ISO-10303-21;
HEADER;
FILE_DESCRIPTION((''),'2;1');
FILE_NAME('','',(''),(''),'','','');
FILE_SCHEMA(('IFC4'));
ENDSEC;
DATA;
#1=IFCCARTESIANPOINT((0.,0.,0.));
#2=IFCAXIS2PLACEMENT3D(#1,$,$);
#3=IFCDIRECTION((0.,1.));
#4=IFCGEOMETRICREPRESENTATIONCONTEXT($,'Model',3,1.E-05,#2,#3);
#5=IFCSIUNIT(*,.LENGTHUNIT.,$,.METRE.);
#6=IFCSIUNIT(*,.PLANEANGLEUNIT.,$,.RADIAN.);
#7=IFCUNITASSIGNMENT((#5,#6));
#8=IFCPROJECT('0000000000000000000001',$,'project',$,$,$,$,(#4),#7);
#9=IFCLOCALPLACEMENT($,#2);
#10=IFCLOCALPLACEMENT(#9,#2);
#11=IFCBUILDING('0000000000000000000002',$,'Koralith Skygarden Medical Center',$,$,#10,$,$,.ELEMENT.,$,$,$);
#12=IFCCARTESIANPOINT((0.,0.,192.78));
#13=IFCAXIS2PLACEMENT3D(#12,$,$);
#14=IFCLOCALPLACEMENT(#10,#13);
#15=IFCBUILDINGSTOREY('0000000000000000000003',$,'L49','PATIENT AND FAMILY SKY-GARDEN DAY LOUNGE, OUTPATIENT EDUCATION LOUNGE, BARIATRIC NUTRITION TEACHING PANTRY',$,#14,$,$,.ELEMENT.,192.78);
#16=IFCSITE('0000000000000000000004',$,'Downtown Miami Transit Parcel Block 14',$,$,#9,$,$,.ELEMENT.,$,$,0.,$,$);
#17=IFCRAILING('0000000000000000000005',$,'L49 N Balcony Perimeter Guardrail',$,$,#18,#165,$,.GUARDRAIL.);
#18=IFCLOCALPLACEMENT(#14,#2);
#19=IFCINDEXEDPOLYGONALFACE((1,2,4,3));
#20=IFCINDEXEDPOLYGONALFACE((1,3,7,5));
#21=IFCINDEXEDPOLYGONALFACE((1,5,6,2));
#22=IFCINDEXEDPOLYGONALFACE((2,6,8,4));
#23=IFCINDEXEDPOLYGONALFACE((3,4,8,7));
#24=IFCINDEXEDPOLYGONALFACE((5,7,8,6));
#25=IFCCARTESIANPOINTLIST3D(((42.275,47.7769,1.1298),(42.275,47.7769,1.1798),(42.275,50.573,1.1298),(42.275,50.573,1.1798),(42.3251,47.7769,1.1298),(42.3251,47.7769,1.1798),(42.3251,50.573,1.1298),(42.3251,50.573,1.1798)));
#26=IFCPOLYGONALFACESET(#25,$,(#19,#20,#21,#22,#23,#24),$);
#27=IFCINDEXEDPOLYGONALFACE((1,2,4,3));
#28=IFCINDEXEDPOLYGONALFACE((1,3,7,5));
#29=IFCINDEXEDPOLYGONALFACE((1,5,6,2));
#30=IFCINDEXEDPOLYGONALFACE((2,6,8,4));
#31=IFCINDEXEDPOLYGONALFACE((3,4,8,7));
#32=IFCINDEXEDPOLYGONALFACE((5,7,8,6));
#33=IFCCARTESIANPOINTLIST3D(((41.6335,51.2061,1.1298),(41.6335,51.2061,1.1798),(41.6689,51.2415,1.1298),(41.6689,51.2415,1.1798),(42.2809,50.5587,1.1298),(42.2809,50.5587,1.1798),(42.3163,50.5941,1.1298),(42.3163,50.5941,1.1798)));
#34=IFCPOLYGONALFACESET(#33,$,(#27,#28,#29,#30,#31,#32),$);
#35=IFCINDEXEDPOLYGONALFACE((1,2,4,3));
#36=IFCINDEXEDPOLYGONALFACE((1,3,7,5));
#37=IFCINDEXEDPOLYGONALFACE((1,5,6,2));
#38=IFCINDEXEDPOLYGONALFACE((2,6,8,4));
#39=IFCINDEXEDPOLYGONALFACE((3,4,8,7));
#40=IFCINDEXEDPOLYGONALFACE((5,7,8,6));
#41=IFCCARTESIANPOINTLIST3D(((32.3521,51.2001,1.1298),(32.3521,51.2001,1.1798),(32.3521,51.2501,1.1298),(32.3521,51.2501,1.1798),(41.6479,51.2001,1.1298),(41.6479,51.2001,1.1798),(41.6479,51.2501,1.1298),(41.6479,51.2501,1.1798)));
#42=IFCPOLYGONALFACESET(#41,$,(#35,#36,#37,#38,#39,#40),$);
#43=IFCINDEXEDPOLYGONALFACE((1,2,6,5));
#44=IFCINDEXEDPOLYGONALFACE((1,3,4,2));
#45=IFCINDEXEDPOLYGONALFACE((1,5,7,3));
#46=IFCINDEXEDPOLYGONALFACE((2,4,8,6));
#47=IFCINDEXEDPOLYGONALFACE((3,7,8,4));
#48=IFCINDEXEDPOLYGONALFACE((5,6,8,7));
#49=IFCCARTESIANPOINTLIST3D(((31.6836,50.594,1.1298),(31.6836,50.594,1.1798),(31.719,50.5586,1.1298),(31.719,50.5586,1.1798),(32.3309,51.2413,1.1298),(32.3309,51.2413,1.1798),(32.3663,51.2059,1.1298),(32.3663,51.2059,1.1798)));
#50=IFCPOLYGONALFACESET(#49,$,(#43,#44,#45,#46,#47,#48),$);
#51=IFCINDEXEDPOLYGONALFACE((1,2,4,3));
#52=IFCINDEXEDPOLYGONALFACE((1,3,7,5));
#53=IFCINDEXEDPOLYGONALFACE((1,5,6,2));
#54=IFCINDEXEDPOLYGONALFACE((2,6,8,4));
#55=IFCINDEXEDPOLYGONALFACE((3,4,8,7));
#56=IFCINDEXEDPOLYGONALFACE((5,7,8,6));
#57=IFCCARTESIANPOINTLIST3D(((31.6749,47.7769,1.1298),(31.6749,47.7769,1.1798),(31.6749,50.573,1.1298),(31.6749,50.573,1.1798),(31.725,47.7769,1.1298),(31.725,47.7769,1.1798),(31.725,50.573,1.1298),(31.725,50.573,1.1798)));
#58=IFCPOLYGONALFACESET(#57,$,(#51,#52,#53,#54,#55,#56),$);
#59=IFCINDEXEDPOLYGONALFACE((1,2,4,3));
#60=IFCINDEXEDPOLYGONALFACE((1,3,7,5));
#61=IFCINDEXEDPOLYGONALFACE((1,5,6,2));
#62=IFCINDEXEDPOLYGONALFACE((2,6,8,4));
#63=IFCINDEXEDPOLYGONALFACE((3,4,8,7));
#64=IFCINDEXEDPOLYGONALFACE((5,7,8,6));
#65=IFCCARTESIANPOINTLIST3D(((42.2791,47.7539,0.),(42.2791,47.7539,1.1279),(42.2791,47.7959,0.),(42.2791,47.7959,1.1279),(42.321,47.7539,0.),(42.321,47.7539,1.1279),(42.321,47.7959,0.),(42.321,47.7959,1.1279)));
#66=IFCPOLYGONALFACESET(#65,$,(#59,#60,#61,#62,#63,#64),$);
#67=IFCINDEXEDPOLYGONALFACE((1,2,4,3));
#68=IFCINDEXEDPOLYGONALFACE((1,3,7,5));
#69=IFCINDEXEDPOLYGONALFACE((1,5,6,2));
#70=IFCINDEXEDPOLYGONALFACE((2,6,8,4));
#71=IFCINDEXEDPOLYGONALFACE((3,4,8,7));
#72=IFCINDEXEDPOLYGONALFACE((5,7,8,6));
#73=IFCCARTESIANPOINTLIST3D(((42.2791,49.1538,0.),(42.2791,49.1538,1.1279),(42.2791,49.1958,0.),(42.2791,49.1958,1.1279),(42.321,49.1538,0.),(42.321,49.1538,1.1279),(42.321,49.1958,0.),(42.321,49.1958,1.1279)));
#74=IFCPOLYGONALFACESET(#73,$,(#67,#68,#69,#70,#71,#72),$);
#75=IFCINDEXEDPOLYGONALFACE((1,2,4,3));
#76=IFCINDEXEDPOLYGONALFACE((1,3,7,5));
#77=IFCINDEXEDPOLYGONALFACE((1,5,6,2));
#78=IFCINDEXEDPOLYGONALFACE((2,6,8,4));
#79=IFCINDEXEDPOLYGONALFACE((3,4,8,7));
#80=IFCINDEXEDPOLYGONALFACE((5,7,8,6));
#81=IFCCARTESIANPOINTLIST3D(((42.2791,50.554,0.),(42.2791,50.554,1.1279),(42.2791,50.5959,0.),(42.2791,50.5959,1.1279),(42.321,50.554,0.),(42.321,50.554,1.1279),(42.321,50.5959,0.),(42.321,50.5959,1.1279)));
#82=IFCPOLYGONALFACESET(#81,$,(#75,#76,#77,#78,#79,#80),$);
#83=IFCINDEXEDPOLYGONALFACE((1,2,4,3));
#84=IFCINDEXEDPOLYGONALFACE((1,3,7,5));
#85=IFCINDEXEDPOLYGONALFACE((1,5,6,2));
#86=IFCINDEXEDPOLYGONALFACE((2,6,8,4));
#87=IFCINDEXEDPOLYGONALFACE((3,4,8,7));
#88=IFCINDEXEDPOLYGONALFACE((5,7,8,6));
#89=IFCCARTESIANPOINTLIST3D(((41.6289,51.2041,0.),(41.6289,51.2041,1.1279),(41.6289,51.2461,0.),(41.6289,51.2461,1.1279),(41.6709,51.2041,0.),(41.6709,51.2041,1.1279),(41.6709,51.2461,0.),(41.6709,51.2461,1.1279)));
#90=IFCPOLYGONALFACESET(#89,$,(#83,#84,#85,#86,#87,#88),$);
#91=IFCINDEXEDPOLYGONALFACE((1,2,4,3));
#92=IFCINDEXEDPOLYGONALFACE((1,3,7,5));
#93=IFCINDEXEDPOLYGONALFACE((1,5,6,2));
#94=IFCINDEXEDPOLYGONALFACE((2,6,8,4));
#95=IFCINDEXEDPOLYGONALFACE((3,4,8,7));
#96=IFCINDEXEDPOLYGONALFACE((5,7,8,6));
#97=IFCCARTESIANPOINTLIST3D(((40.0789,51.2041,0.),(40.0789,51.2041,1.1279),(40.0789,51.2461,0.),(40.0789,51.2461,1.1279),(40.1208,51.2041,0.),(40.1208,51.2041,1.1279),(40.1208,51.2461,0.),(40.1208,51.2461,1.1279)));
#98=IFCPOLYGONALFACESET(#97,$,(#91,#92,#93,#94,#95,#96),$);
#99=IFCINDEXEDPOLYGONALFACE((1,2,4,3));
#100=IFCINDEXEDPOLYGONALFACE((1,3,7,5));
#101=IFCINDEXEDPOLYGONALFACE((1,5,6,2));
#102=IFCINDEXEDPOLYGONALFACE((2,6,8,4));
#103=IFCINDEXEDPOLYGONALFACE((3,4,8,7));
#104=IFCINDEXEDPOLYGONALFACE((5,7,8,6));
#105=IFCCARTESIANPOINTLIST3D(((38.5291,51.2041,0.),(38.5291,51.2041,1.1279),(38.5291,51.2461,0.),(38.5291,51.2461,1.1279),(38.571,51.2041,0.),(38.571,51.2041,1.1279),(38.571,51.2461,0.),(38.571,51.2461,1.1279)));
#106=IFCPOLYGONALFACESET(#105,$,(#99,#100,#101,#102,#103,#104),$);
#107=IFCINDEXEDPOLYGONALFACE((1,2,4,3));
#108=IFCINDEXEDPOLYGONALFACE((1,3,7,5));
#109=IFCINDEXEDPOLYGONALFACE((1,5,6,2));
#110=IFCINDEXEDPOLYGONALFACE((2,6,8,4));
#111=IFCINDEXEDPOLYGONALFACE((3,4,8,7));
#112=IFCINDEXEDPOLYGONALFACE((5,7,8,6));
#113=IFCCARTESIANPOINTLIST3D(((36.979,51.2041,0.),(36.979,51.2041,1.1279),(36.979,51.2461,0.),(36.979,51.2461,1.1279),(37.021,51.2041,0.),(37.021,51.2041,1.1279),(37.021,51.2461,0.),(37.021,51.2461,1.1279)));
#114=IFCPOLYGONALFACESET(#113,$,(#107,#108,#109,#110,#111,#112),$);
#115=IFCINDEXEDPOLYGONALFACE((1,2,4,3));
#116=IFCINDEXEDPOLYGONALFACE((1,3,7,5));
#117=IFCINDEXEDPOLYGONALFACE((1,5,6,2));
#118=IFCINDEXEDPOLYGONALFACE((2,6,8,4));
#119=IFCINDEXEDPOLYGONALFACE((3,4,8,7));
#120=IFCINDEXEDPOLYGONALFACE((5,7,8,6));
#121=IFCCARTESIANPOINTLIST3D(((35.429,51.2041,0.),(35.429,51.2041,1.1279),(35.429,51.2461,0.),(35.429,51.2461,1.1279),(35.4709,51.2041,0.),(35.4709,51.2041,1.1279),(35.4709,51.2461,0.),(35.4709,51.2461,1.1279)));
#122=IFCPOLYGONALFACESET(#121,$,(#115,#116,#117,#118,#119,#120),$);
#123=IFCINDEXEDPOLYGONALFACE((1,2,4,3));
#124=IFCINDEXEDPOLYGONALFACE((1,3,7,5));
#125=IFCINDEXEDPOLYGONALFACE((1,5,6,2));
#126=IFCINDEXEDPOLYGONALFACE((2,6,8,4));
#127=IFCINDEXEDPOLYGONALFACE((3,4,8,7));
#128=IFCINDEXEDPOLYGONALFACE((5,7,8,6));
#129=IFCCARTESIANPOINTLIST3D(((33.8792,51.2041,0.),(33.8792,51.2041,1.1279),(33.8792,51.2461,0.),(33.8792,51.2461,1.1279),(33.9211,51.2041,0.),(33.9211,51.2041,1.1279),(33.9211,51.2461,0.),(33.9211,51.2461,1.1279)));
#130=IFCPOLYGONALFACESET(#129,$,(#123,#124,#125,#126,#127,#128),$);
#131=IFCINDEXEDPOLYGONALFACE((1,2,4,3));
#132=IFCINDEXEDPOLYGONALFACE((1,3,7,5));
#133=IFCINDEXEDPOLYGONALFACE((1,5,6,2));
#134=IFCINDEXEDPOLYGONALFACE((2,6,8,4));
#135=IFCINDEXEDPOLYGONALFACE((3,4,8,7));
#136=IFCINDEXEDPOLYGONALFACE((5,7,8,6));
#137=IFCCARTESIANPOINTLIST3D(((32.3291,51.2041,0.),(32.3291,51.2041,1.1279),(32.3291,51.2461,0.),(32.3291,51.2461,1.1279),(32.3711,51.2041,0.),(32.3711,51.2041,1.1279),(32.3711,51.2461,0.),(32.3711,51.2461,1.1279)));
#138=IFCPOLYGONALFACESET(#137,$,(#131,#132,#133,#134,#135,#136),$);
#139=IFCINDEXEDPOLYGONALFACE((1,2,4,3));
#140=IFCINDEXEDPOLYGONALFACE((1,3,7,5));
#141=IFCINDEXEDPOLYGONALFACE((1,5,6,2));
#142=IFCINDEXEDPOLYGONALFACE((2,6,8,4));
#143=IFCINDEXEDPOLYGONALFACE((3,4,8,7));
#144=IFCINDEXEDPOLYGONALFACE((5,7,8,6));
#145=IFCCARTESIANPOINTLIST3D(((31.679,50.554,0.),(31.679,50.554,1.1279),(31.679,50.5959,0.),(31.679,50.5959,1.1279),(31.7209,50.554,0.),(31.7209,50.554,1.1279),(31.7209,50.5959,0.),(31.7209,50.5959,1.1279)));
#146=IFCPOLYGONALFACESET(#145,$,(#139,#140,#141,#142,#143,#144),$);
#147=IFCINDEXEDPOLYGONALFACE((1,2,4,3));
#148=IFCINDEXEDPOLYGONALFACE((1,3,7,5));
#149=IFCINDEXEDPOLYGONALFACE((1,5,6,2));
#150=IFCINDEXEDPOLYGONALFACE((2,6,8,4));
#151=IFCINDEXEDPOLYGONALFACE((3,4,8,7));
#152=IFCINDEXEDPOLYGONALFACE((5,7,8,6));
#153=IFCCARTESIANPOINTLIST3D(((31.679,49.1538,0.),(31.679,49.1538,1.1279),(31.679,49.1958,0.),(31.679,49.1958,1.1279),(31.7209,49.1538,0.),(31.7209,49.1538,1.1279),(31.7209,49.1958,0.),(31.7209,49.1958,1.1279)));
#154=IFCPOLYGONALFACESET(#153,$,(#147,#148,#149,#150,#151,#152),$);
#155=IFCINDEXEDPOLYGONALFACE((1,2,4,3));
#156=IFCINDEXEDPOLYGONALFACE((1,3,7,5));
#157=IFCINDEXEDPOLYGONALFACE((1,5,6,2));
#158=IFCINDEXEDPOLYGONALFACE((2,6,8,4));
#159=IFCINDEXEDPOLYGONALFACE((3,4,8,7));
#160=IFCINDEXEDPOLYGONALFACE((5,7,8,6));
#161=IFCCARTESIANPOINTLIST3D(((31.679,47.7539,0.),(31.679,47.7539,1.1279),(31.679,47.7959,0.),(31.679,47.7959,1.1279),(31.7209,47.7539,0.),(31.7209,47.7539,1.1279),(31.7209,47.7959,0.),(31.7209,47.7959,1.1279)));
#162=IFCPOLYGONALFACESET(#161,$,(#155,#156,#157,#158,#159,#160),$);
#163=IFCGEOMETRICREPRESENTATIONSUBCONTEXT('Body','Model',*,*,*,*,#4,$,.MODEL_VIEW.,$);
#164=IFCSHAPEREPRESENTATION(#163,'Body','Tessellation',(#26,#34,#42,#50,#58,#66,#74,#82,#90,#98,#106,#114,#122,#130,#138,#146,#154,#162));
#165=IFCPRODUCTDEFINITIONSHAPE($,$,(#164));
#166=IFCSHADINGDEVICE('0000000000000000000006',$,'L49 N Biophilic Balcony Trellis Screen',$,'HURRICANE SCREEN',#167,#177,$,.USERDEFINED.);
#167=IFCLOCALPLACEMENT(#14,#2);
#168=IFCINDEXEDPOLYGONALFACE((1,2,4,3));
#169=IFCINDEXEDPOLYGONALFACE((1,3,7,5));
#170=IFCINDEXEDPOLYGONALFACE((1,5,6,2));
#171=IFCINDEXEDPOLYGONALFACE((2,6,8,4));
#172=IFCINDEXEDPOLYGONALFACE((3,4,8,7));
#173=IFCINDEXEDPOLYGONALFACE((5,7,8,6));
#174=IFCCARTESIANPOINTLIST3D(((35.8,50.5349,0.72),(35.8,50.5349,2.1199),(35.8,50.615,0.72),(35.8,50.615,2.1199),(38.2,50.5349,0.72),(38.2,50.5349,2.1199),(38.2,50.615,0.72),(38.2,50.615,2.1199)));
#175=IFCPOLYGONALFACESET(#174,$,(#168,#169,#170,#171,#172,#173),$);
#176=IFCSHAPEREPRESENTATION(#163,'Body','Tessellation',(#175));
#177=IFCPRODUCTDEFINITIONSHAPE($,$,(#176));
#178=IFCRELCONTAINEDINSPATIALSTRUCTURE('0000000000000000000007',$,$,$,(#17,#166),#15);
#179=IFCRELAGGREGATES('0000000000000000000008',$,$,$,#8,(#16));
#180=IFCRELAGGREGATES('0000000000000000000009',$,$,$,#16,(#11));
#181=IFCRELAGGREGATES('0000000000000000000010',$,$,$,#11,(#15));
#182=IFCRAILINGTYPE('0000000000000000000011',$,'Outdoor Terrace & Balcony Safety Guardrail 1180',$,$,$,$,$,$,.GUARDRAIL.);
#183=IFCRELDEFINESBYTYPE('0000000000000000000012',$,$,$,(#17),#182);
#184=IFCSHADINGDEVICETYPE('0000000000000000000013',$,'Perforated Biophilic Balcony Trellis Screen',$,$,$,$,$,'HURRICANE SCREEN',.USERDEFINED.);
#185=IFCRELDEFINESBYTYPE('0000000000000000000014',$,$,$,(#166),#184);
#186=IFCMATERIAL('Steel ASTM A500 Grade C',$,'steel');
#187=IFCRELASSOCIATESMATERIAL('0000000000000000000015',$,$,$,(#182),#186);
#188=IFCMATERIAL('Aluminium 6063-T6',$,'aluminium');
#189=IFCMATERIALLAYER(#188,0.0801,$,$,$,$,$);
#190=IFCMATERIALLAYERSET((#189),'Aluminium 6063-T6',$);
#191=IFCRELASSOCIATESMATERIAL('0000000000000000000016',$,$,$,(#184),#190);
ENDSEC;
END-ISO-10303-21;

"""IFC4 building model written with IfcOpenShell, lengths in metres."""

from ifc_helpers import new_model, si_unit, direction, frame, origin, origin_2d, place, context, subcontext, project, spatial, rectangle, extrude, material, layer, layer_set, type_object, element, save


model = new_model("IFC4")

# Units and contexts
model_context = context("Model", 3, precision=1e-05, world=origin(), true_north=direction((0.0, 1.0)))
body_context = subcontext(model_context, "Body", "Model", "MODEL_VIEW")
ifc_project = project(units=[si_unit("LENGTHUNIT", "METRE"), si_unit("PLANEANGLEUNIT", "RADIAN")], contexts=[model_context])

# Site, building, storey
site_placement = place(None, origin())
site = spatial("IfcSite", under=ifc_project, at=site_placement, Name="Downtown Miami Transit Parcel Block 14", CompositionType="ELEMENT", RefElevation=0.0)
building_placement = place(site_placement, origin())
building = spatial("IfcBuilding", under=site, at=building_placement, Name="Koralith Skygarden Medical Center", CompositionType="ELEMENT")
storey_placement = place(building_placement, frame((0.0, 0.0, 192.78)))
storey = spatial("IfcBuildingStorey", under=building, at=storey_placement, Name="L49", Description="PATIENT AND FAMILY SKY-GARDEN DAY LOUNGE, OUTPATIENT EDUCATION LOUNGE, BARIATRIC NUTRITION TEACHING PANTRY", CompositionType="ELEMENT", Elevation=192.78)

# Shared definitions
ifc_material_1 = material(Name="Aluminium 6063-T6", Category="aluminium")

# Shared definitions
ifc_material_2 = material(Name="Steel ASTM A500 Grade C", Category="steel")

# Railing
railing_type = type_object("IfcRailingType", Name="Outdoor Terrace & Balcony Safety Guardrail 1180", PredefinedType="GUARDRAIL", material=ifc_material_2)
railing_placement = place(storey_placement, frame((42.3, 47.7749, 0.0)))
element("IfcRailing", 1, at=railing_placement, inside=storey, type_object=railing_type, Name="L49 N Balcony Perimeter Guardrail", PredefinedType="GUARDRAIL", context=body_context, shape_type="SweptSolid", body=[
    extrude(rectangle(XDim=0.05, YDim=0.05, at=origin_2d()), frame((0.0, 0.002, 1.1548), z_axis=(0.0, 1.0, 0.0), x_axis=(-1.0, 0.0, 0.0)), (0.0, 0.0, 1.0), 2.7961),
    extrude(rectangle(XDim=0.05, YDim=0.05, at=origin_2d()), frame((-0.0015, 2.8015, 1.1548), z_axis=(-0.707107, 0.707107, 0.0), x_axis=(-0.707107, -0.707107, 0.0)), (0.0, 0.0, 1.0), 0.9155),
    extrude(rectangle(XDim=0.05, YDim=0.05, at=origin_2d()), frame((-0.6521, 3.4502, 1.1548), z_axis=(-1.0, 0.0, 0.0), x_axis=(0.0, -1.0, 0.0)), (0.0, 0.0, 1.0), 9.2959),
    extrude(rectangle(XDim=0.05, YDim=0.05, at=origin_2d()), frame((-9.9514, 3.4487, 1.1548), z_axis=(-0.707107, -0.707107, 0.0), x_axis=(0.707107, -0.707107, 0.0)), (0.0, 0.0, 1.0), 0.9155),
    extrude(rectangle(XDim=0.05, YDim=0.05, at=origin_2d()), frame((-10.6001, 2.7981, 1.1548), z_axis=(0.0, -1.0, 0.0), x_axis=(1.0, 0.0, 0.0)), (0.0, 0.0, 1.0), 2.7961),
    extrude(rectangle(XDim=0.042, YDim=0.042, at=origin_2d()), origin(), (0.0, 0.0, 1.0), 1.1279),
    extrude(rectangle(XDim=0.042, YDim=0.042, at=origin_2d()), frame((0.0, 1.3999, 0.0)), (0.0, 0.0, 1.0), 1.1279),
    extrude(rectangle(XDim=0.042, YDim=0.042, at=origin_2d()), frame((0.0, 2.8, 0.0)), (0.0, 0.0, 1.0), 1.1279),
    extrude(rectangle(XDim=0.042, YDim=0.042, at=origin_2d()), frame((-0.6501, 3.4502, 0.0)), (0.0, 0.0, 1.0), 1.1279),
    extrude(rectangle(XDim=0.042, YDim=0.042, at=origin_2d()), frame((-2.2002, 3.4502, 0.0)), (0.0, 0.0, 1.0), 1.1279),
    extrude(rectangle(XDim=0.042, YDim=0.042, at=origin_2d()), frame((-3.75, 3.4502, 0.0)), (0.0, 0.0, 1.0), 1.1279),
    extrude(rectangle(XDim=0.042, YDim=0.042, at=origin_2d()), frame((-5.3, 3.4502, 0.0)), (0.0, 0.0, 1.0), 1.1279),
    extrude(rectangle(XDim=0.042, YDim=0.042, at=origin_2d()), frame((-6.8501, 3.4502, 0.0)), (0.0, 0.0, 1.0), 1.1279),
    extrude(rectangle(XDim=0.042, YDim=0.042, at=origin_2d()), frame((-8.3999, 3.4502, 0.0)), (0.0, 0.0, 1.0), 1.1279),
    extrude(rectangle(XDim=0.042, YDim=0.042, at=origin_2d()), frame((-9.95, 3.4502, 0.0)), (0.0, 0.0, 1.0), 1.1279),
    extrude(rectangle(XDim=0.042, YDim=0.042, at=origin_2d()), frame((-10.6001, 2.8, 0.0)), (0.0, 0.0, 1.0), 1.1279),
    extrude(rectangle(XDim=0.042, YDim=0.042, at=origin_2d()), frame((-10.6001, 1.3999, 0.0)), (0.0, 0.0, 1.0), 1.1279),
    extrude(rectangle(XDim=0.042, YDim=0.042, at=origin_2d()), frame((-10.6001, 0.0, 0.0)), (0.0, 0.0, 1.0), 1.1279),
])

# Shading device
ifc_layer_1 = layer(ifc_material_1, 0.0801)
ifc_layer_set_1 = layer_set([ifc_layer_1], Name="Aluminium 6063-T6")
shading_device_type = type_object("IfcShadingDeviceType", Name="Perforated Biophilic Balcony Trellis Screen", ElementType="HURRICANE SCREEN", PredefinedType="USERDEFINED", material=ifc_layer_set_1)
shading_device_placement = place(storey_placement, frame((37.0, 50.575, 0.72), z_axis=(0.0, 0.0, 1.0), x_axis=(1.0, 0.0, 0.0)))
element("IfcShadingDevice", 2, at=shading_device_placement, inside=storey, type_object=shading_device_type, Name="L49 N Biophilic Balcony Trellis Screen", ObjectType="HURRICANE SCREEN", PredefinedType="USERDEFINED", context=body_context, shape_type="SweptSolid", body=[
    extrude(rectangle(XDim=2.3999, YDim=0.0801, at=origin_2d()), origin(), (0.0, 0.0, 1.0), 1.3999),
])

save(model, "model.ifc")
